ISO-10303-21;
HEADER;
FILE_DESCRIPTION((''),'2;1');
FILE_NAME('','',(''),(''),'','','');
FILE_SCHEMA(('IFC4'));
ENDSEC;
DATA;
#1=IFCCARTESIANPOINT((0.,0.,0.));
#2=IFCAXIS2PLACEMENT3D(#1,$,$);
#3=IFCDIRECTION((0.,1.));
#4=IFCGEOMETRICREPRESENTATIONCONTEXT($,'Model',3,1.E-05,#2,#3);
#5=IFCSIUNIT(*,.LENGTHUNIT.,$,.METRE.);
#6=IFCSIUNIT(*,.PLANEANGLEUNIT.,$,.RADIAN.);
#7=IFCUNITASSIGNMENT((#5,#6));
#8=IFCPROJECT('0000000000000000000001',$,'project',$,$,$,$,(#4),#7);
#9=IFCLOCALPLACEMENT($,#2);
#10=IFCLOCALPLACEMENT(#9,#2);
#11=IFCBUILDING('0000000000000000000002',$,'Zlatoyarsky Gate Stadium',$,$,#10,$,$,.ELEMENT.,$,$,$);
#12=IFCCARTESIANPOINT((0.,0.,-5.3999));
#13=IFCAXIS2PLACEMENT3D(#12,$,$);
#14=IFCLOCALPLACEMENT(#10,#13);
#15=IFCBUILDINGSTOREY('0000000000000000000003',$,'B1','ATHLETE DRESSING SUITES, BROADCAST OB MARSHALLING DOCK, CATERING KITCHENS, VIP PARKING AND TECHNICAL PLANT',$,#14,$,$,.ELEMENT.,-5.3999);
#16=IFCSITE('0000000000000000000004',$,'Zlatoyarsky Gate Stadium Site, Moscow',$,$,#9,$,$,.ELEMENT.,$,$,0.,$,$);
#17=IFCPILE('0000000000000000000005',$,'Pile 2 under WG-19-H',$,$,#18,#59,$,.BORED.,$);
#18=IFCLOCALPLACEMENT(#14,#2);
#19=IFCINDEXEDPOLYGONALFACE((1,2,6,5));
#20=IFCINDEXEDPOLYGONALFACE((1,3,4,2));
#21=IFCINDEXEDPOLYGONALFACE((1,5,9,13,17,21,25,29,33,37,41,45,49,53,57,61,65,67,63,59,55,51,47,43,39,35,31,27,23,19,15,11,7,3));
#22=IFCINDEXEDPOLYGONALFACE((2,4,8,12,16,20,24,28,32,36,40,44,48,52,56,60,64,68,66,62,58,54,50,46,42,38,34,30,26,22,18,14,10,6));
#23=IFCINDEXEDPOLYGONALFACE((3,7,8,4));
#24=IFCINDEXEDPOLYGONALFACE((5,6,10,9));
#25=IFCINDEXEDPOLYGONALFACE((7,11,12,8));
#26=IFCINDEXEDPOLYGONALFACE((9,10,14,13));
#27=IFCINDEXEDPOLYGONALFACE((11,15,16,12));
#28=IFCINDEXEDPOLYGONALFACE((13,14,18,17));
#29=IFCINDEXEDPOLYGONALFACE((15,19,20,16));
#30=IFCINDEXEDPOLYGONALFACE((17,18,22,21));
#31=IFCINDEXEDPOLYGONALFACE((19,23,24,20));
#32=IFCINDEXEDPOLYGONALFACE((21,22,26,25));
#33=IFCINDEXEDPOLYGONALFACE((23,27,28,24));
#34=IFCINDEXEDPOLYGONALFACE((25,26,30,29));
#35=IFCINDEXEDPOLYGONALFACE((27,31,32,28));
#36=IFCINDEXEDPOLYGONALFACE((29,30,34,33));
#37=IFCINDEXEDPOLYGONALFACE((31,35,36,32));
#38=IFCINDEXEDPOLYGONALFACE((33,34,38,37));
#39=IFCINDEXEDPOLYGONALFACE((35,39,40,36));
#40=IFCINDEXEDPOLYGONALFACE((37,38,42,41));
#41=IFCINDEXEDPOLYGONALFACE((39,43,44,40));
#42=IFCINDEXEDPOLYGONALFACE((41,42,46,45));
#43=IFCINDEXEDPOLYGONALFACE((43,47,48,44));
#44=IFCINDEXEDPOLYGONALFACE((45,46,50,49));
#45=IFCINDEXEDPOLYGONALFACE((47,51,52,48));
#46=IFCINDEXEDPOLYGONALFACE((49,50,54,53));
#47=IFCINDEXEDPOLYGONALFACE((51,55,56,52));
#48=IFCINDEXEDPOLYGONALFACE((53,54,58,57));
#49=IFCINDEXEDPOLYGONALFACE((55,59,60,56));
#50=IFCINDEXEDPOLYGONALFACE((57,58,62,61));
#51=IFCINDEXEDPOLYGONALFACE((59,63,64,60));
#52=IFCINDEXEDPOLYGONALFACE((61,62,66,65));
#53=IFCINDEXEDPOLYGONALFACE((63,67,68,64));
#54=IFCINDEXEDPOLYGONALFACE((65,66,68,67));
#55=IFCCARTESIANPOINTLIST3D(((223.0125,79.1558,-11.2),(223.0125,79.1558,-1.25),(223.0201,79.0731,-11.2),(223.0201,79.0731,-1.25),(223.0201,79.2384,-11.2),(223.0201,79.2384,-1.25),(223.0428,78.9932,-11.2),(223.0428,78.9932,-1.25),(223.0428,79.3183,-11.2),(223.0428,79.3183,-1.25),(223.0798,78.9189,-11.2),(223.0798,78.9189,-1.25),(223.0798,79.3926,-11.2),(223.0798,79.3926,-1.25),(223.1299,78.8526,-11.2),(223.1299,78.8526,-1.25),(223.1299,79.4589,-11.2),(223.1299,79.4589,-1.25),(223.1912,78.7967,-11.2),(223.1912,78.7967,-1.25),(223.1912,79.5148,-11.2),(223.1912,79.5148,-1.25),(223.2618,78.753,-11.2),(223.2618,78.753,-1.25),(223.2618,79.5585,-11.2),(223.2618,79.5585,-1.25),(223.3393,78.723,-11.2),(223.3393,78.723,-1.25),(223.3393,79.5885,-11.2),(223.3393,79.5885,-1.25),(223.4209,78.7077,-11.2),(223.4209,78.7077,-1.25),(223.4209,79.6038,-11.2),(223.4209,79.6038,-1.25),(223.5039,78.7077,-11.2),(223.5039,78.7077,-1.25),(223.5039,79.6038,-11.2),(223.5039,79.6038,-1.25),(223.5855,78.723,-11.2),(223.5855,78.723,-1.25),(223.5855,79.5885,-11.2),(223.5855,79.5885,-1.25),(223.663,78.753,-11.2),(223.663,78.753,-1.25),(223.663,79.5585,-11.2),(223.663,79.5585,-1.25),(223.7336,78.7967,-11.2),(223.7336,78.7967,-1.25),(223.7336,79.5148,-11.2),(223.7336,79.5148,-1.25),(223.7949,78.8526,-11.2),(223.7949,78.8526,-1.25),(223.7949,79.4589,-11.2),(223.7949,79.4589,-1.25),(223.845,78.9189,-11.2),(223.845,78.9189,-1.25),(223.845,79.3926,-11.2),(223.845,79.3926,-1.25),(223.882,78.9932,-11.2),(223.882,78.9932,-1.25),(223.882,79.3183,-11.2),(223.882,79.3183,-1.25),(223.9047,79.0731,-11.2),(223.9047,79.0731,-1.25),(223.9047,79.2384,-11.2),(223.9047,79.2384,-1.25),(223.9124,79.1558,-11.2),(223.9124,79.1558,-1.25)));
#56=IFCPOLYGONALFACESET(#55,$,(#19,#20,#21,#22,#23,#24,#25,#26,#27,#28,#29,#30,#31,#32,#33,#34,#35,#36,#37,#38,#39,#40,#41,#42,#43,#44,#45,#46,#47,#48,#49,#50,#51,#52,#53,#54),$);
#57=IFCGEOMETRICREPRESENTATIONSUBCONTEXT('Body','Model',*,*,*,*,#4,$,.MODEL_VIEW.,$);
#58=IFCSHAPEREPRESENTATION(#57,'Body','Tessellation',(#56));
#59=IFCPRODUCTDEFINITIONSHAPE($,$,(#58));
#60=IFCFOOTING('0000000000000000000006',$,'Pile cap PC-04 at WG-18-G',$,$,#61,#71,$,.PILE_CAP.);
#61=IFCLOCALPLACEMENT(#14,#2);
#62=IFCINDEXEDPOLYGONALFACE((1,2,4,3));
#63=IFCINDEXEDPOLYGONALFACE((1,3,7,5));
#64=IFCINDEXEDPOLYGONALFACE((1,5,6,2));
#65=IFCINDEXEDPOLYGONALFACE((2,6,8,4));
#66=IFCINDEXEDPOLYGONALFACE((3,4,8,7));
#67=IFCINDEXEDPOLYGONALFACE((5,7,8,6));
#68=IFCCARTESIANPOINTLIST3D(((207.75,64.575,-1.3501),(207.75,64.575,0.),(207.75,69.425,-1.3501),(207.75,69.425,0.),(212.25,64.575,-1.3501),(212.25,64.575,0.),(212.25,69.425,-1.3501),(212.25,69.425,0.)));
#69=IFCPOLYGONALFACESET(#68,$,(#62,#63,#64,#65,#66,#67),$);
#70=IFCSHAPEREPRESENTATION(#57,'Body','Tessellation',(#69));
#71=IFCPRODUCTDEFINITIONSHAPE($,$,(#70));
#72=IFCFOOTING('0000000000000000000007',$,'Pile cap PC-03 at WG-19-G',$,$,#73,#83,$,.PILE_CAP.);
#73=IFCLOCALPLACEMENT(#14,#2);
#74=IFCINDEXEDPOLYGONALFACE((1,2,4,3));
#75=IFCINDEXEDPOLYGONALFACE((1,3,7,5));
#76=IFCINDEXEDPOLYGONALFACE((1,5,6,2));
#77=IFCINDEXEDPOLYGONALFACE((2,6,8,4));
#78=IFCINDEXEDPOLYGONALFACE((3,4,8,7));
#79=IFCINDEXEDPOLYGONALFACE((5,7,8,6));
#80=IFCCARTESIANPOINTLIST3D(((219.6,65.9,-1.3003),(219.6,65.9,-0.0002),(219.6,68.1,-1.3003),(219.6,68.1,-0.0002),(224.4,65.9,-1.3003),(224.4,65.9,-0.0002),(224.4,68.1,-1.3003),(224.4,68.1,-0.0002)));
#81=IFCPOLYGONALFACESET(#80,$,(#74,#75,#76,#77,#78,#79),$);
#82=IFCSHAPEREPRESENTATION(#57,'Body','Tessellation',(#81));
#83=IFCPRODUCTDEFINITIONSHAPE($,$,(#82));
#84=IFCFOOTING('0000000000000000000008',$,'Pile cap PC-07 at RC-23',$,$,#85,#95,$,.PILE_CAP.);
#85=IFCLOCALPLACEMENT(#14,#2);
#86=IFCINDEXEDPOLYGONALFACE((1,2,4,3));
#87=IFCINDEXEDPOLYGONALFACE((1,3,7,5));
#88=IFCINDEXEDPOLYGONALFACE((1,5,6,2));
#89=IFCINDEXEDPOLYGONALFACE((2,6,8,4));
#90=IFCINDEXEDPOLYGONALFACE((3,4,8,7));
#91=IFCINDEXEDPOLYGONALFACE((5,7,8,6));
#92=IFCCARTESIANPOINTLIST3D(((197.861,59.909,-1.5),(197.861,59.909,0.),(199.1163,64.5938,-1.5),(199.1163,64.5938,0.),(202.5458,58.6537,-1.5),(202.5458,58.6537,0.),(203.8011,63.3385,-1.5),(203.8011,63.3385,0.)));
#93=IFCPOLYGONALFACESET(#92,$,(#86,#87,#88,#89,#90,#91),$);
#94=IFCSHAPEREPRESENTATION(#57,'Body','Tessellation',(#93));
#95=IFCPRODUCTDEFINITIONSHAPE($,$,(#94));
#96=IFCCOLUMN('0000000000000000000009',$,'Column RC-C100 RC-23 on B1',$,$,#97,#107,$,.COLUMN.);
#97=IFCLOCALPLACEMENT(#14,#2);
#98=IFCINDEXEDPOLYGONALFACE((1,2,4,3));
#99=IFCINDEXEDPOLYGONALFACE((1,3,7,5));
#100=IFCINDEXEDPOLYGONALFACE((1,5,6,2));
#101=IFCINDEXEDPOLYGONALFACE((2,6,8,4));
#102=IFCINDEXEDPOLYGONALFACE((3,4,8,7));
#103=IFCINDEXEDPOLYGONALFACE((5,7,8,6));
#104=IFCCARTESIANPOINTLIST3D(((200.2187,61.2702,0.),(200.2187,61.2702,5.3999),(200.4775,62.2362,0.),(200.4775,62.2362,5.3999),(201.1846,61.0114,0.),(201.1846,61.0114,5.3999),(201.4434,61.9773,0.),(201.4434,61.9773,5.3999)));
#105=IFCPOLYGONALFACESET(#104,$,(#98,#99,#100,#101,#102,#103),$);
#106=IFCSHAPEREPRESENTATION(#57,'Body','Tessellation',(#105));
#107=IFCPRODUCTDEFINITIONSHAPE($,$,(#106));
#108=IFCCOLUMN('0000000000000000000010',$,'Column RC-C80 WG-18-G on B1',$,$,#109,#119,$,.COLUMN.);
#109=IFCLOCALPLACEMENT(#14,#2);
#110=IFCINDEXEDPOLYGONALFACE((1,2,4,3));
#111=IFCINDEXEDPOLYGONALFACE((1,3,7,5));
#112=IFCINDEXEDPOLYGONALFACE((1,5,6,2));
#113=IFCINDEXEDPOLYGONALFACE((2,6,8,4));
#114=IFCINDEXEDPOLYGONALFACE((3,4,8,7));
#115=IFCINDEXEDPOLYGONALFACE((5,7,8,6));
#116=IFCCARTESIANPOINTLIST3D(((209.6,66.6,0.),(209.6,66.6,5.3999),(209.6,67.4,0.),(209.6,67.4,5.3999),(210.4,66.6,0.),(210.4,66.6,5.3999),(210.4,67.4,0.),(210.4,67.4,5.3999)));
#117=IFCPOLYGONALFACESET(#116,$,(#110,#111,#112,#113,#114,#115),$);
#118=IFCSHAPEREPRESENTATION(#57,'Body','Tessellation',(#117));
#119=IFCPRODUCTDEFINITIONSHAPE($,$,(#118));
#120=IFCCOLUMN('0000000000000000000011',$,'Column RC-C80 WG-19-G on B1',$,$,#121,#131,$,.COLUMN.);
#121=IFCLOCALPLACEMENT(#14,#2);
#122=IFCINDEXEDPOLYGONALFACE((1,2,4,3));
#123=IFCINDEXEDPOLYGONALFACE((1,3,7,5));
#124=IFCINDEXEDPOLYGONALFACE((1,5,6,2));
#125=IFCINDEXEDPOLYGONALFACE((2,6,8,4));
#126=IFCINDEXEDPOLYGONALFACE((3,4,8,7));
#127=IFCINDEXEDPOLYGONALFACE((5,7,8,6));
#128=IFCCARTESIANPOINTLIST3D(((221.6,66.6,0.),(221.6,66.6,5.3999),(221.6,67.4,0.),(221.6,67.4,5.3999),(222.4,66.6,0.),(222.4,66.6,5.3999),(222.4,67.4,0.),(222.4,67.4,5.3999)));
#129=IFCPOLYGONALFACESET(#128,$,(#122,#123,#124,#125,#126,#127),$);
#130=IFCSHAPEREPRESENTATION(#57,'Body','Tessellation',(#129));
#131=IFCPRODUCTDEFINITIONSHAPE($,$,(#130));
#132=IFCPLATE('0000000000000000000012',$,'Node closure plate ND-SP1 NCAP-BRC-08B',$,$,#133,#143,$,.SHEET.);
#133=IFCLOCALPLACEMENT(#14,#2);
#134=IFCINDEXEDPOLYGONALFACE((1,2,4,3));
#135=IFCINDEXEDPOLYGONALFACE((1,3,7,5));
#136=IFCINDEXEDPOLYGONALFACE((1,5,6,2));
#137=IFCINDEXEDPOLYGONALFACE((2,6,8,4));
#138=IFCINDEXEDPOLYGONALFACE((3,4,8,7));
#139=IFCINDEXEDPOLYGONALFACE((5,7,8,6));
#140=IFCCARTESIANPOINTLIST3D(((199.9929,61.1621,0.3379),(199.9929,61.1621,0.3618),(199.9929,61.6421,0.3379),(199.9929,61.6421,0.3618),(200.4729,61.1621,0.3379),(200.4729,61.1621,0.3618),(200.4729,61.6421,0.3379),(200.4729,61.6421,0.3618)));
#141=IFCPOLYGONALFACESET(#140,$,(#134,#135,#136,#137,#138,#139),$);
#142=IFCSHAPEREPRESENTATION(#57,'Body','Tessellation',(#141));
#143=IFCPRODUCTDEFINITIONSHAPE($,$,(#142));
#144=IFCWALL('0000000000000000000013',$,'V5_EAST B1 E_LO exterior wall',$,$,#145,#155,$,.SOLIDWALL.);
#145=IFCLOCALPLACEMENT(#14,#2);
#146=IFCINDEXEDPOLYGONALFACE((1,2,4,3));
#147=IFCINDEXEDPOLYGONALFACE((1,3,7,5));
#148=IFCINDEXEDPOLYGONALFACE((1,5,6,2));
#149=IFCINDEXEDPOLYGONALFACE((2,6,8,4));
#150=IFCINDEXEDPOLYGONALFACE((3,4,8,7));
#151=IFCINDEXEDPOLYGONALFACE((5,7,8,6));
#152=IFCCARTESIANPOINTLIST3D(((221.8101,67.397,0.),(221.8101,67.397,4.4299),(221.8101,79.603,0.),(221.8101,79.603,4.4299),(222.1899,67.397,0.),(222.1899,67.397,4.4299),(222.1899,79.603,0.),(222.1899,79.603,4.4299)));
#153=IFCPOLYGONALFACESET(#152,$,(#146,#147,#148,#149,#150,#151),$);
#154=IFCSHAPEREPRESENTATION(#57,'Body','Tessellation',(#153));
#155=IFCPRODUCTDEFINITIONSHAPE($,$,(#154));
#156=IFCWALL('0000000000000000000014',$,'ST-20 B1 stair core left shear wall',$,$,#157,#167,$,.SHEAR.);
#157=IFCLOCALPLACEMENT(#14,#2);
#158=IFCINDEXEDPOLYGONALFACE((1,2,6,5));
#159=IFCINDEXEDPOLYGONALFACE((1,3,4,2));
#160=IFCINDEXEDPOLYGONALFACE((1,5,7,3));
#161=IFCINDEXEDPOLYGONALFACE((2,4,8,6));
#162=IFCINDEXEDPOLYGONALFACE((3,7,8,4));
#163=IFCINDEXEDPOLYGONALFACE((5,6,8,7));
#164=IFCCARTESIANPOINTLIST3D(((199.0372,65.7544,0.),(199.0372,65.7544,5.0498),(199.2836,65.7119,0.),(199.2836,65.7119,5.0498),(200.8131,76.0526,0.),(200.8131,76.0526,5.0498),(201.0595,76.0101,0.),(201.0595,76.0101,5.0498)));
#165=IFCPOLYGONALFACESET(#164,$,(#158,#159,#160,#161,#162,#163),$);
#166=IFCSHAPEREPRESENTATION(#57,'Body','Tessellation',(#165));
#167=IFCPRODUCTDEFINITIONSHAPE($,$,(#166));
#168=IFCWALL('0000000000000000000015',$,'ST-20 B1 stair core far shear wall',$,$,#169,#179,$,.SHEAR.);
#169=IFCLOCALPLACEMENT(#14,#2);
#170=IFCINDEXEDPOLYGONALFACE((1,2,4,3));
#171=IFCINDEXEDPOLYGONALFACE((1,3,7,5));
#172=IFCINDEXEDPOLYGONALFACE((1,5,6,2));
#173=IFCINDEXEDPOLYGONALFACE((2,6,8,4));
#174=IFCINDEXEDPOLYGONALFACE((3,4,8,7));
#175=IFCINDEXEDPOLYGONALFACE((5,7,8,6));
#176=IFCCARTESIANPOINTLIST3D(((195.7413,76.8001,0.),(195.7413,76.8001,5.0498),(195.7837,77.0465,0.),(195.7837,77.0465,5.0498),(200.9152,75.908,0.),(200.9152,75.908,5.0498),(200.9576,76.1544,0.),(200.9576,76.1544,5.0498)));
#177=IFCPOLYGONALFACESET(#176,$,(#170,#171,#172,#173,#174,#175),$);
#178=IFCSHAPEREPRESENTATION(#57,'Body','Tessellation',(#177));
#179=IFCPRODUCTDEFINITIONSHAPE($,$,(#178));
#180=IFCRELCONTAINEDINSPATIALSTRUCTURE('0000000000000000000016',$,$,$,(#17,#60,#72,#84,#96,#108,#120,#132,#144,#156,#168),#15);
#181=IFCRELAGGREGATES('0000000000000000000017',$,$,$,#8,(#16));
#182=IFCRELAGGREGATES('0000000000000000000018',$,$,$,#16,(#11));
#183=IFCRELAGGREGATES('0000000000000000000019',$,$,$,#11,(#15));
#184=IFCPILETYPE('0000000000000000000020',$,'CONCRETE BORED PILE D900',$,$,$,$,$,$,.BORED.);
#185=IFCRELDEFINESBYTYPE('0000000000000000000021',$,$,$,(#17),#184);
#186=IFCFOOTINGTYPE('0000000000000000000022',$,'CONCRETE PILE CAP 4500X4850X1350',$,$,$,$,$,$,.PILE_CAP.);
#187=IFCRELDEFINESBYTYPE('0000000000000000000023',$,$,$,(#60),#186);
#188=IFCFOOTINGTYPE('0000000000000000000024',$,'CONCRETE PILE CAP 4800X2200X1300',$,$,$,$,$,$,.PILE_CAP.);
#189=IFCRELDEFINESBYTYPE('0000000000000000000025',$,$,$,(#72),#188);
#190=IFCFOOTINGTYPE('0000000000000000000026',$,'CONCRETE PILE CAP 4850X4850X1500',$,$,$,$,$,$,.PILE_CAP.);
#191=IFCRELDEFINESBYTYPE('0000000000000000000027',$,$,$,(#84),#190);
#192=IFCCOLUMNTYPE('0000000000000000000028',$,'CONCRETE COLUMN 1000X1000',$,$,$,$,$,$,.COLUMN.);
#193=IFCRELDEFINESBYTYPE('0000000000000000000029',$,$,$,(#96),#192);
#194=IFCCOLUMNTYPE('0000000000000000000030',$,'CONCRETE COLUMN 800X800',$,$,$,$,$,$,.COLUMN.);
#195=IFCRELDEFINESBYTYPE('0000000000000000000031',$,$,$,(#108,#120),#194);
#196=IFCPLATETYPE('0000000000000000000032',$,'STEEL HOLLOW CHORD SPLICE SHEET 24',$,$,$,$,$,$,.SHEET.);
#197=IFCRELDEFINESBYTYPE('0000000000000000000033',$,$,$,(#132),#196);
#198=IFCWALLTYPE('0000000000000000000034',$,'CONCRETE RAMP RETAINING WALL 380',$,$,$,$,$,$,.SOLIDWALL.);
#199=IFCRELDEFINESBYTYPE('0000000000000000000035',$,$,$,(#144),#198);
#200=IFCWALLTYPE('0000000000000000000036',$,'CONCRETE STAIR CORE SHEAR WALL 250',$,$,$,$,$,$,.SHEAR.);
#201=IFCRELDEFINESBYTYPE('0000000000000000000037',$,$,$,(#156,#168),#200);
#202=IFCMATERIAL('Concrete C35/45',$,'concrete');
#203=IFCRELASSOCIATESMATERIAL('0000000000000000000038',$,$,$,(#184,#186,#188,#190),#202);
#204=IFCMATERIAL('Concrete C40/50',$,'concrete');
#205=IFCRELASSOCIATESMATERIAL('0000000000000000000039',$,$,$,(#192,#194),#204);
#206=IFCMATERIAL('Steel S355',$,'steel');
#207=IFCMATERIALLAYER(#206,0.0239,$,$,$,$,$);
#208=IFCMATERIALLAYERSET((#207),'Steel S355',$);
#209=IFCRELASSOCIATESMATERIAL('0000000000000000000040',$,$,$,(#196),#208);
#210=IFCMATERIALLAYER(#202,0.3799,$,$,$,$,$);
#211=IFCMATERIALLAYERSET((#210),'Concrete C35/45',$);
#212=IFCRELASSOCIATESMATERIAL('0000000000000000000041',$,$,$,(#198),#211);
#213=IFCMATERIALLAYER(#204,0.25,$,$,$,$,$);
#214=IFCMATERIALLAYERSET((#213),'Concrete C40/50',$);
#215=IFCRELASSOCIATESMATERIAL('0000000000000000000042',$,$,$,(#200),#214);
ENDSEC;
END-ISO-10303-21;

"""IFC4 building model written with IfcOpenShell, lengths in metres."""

from ifc_helpers import new_model, si_unit, direction, frame, frame_2d, origin, origin_2d, place, context, subcontext, project, spatial, rectangle, circle, extrude, material, layer, layer_set, material_profile, profile_set, type_object, element, save


model = new_model("IFC4")

# Units and contexts
model_context = context("Model", 3, precision=1e-05, world=origin(), true_north=direction((0.0, 1.0)))
body_context = subcontext(model_context, "Body", "Model", "MODEL_VIEW")
ifc_project = project(units=[si_unit("LENGTHUNIT", "METRE"), si_unit("PLANEANGLEUNIT", "RADIAN")], contexts=[model_context])

# Site, building, storey
site_placement = place(None, origin())
site = spatial("IfcSite", under=ifc_project, at=site_placement, Name="Zlatoyarsky Gate Stadium Site, Moscow", CompositionType="ELEMENT", RefElevation=0.0)
building_placement = place(site_placement, origin())
building = spatial("IfcBuilding", under=site, at=building_placement, Name="Zlatoyarsky Gate Stadium", CompositionType="ELEMENT")
storey_placement = place(building_placement, frame((0.0, 0.0, -5.3999)))
storey = spatial("IfcBuildingStorey", under=building, at=storey_placement, Name="B1", Description="ATHLETE DRESSING SUITES, BROADCAST OB MARSHALLING DOCK, CATERING KITCHENS, VIP PARKING AND TECHNICAL PLANT", CompositionType="ELEMENT", Elevation=-5.3999)

# Pile
ifc_material_1 = material(Name="Concrete C35/45", Category="concrete")
ifc_material_profile_1 = material_profile(ifc_material_1, circle(Radius=0.45, at=origin_2d()), Name="BORED PILE D900")
ifc_profile_set_1 = profile_set([ifc_material_profile_1], Name="Concrete C35/45")
pile_type_1 = type_object("IfcPileType", Name="CONCRETE BORED PILE D900", PredefinedType="BORED", material=ifc_profile_set_1)
for number, where, z_axis, x_axis, name in (
    (1, (223.4624, 79.1558, -1.25), (0.0, 0.0, -1.0), (1.0, 0.0, 0.0), "Pile 2 under WG-19-H"),
):
    element("IfcPile", number, at=place(storey_placement, frame(where, z_axis=z_axis, x_axis=x_axis)), inside=storey, type_object=pile_type_1, Name=name, PredefinedType="BORED", context=body_context, shape_type="SweptSolid", body=[
        extrude(circle(Radius=0.45, at=origin_2d()), origin(), (0.0, 0.0, 1.0), 9.95),
    ])

# Footings
footing_type_1 = type_object("IfcFootingType", Name="CONCRETE PILE CAP 4500X4850X1350", PredefinedType="PILE_CAP", material=ifc_material_1)
footing_1_placement = place(storey_placement, frame((210.0, 67.0, -1.3501), z_axis=(0.0, 0.0, 1.0), x_axis=(1.0, 0.0, 0.0)))
element("IfcFooting", 2, at=footing_1_placement, inside=storey, type_object=footing_type_1, Name="Pile cap PC-04 at WG-18-G", PredefinedType="PILE_CAP", context=body_context, shape_type="SweptSolid", body=[
    extrude(rectangle(XDim=4.5, YDim=4.8501, at=origin_2d()), origin(), (0.0, 0.0, 1.0), 1.3501),
])
footing_type_2 = type_object("IfcFootingType", Name="CONCRETE PILE CAP 4800X2200X1300", PredefinedType="PILE_CAP", material=ifc_material_1)
footing_2_placement = place(storey_placement, frame((222.0, 67.0, -1.3003), z_axis=(0.0, 0.0, 1.0), x_axis=(1.0, 0.0, 0.0)))
element("IfcFooting", 3, at=footing_2_placement, inside=storey, type_object=footing_type_2, Name="Pile cap PC-03 at WG-19-G", PredefinedType="PILE_CAP", context=body_context, shape_type="SweptSolid", body=[
    extrude(rectangle(XDim=4.8, YDim=2.2, at=origin_2d()), origin(), (0.0, 0.0, 1.0), 1.3),
])
footing_type_3 = type_object("IfcFootingType", Name="CONCRETE PILE CAP 4850X4850X1500", PredefinedType="PILE_CAP", material=ifc_material_1)
footing_3_placement = place(storey_placement, frame((200.8311, 61.6238, -1.5), z_axis=(0.0, 0.0, 1.0), x_axis=(0.965926, -0.258819, 0.0)))
element("IfcFooting", 4, at=footing_3_placement, inside=storey, type_object=footing_type_3, Name="Pile cap PC-07 at RC-23", PredefinedType="PILE_CAP", context=body_context, shape_type="SweptSolid", body=[
    extrude(rectangle(XDim=4.8501, YDim=4.8501, at=origin_2d()), origin(), (0.0, 0.0, 1.0), 1.5),
])

# Columns
ifc_material_2 = material(Name="Concrete C40/50", Category="concrete")
ifc_material_profile_2 = material_profile(ifc_material_2, rectangle(XDim=1.0, YDim=1.0, at=origin_2d()), Name="RC COL 1000X1000")
ifc_profile_set_2 = profile_set([ifc_material_profile_2], Name="Concrete C40/50")
column_type_1 = type_object("IfcColumnType", Name="CONCRETE COLUMN 1000X1000", PredefinedType="COLUMN", material=ifc_profile_set_2)
column_placement = place(storey_placement, frame((200.8311, 61.6238, 0.0), z_axis=(0.0, 0.0, 1.0), x_axis=(0.965926, -0.258819, 0.0)))
element("IfcColumn", 5, at=column_placement, inside=storey, type_object=column_type_1, Name="Column RC-C100 RC-23 on B1", PredefinedType="COLUMN", context=body_context, shape_type="SweptSolid", body=[
    extrude(rectangle(XDim=1.0, YDim=1.0, at=origin_2d()), origin(), (0.0, 0.0, 1.0), 5.3999),
])
ifc_material_profile_3 = material_profile(ifc_material_2, rectangle(XDim=0.8, YDim=0.8, at=origin_2d()), Name="RC COL 800X800")
ifc_profile_set_3 = profile_set([ifc_material_profile_3], Name="Concrete C40/50")
column_type_2 = type_object("IfcColumnType", Name="CONCRETE COLUMN 800X800", PredefinedType="COLUMN", material=ifc_profile_set_3)
for number, where, z_axis, x_axis, name in (
    (6, (210.0, 67.0, 0.0), (0.0, 0.0, 1.0), (1.0, 0.0, 0.0), "Column RC-C80 WG-18-G on B1"),
    (7, (222.0, 67.0, 0.0), (0.0, 0.0, 1.0), (1.0, 0.0, 0.0), "Column RC-C80 WG-19-G on B1"),
):
    element("IfcColumn", number, at=place(storey_placement, frame(where, z_axis=z_axis, x_axis=x_axis)), inside=storey, type_object=column_type_2, Name=name, PredefinedType="COLUMN", context=body_context, shape_type="SweptSolid", body=[
        extrude(rectangle(XDim=0.8, YDim=0.8, at=origin_2d()), origin(), (0.0, 0.0, 1.0), 5.3999),
    ])

# Plate
ifc_material_3 = material(Name="Steel S355", Category="steel")
ifc_layer_1 = layer(ifc_material_3, 0.0239)
ifc_layer_set_1 = layer_set([ifc_layer_1], Name="Steel S355")
plate_type = type_object("IfcPlateType", Name="STEEL HOLLOW CHORD SPLICE SHEET 24", PredefinedType="SHEET", material=ifc_layer_set_1)
plate_placement = place(storey_placement, frame((200.2329, 61.4021, 0.3379), z_axis=(0.0, 0.0, 1.0), x_axis=(1.0, 0.0, 0.0)))
element("IfcPlate", 8, at=plate_placement, inside=storey, type_object=plate_type, Name="Node closure plate ND-SP1 NCAP-BRC-08B", PredefinedType="SHEET", context=body_context, shape_type="SweptSolid", body=[
    extrude(rectangle(XDim=0.48, YDim=0.48, at=origin_2d()), origin(), (0.0, 0.0, 1.0), 0.0239),
])

# Walls
ifc_layer_2 = layer(ifc_material_1, 0.3799)
ifc_layer_set_2 = layer_set([ifc_layer_2], Name="Concrete C35/45")
wall_type_1 = type_object("IfcWallType", Name="CONCRETE RAMP RETAINING WALL 380", PredefinedType="SOLIDWALL", material=ifc_layer_set_2)
wall_1_placement = place(storey_placement, frame((222.0, 67.397, 0.0), z_axis=(0.0, 0.0, 1.0), x_axis=(0.0, 1.0, 0.0)))
element("IfcWall", 9, at=wall_1_placement, inside=storey, type_object=wall_type_1, Name="V5_EAST B1 E_LO exterior wall", PredefinedType="SOLIDWALL", context=body_context, shape_type="SweptSolid", body=[
    extrude(rectangle(XDim=12.2061, YDim=0.3799, at=frame_2d((6.103, 0.0))), origin(), (0.0, 0.0, 1.0), 4.4299),
])
ifc_layer_3 = layer(ifc_material_2, 0.25)
ifc_layer_set_3 = layer_set([ifc_layer_3], Name="Concrete C40/50")
wall_type_2 = type_object("IfcWallType", Name="CONCRETE STAIR CORE SHEAR WALL 250", PredefinedType="SHEAR", material=ifc_layer_set_3)
wall_2_placement = place(storey_placement, frame((199.1604, 65.7332, 0.0), z_axis=(0.0, 0.0, 1.0), x_axis=(0.169939, 0.985455, 0.0)))
element("IfcWall", 10, at=wall_2_placement, inside=storey, type_object=wall_type_2, Name="ST-20 B1 stair core left shear wall", PredefinedType="SHEAR", context=body_context, shape_type="SweptSolid", body=[
    extrude(rectangle(XDim=10.4502, YDim=0.25, at=frame_2d((5.2251, 0.0))), origin(), (0.0, 0.0, 1.0), 5.0498),
])
wall_3_placement = place(storey_placement, frame((200.9363, 76.0312, 0.0), z_axis=(0.0, 0.0, 1.0), x_axis=(-0.985459, 0.169916, 0.0)))
element("IfcWall", 11, at=wall_3_placement, inside=storey, type_object=wall_type_2, Name="ST-20 B1 stair core far shear wall", PredefinedType="SHEAR", context=body_context, shape_type="SweptSolid", body=[
    extrude(rectangle(XDim=5.2502, YDim=0.25, at=frame_2d((2.625, 0.0))), origin(), (0.0, 0.0, 1.0), 5.0498),
])

save(model, "model.ifc")
